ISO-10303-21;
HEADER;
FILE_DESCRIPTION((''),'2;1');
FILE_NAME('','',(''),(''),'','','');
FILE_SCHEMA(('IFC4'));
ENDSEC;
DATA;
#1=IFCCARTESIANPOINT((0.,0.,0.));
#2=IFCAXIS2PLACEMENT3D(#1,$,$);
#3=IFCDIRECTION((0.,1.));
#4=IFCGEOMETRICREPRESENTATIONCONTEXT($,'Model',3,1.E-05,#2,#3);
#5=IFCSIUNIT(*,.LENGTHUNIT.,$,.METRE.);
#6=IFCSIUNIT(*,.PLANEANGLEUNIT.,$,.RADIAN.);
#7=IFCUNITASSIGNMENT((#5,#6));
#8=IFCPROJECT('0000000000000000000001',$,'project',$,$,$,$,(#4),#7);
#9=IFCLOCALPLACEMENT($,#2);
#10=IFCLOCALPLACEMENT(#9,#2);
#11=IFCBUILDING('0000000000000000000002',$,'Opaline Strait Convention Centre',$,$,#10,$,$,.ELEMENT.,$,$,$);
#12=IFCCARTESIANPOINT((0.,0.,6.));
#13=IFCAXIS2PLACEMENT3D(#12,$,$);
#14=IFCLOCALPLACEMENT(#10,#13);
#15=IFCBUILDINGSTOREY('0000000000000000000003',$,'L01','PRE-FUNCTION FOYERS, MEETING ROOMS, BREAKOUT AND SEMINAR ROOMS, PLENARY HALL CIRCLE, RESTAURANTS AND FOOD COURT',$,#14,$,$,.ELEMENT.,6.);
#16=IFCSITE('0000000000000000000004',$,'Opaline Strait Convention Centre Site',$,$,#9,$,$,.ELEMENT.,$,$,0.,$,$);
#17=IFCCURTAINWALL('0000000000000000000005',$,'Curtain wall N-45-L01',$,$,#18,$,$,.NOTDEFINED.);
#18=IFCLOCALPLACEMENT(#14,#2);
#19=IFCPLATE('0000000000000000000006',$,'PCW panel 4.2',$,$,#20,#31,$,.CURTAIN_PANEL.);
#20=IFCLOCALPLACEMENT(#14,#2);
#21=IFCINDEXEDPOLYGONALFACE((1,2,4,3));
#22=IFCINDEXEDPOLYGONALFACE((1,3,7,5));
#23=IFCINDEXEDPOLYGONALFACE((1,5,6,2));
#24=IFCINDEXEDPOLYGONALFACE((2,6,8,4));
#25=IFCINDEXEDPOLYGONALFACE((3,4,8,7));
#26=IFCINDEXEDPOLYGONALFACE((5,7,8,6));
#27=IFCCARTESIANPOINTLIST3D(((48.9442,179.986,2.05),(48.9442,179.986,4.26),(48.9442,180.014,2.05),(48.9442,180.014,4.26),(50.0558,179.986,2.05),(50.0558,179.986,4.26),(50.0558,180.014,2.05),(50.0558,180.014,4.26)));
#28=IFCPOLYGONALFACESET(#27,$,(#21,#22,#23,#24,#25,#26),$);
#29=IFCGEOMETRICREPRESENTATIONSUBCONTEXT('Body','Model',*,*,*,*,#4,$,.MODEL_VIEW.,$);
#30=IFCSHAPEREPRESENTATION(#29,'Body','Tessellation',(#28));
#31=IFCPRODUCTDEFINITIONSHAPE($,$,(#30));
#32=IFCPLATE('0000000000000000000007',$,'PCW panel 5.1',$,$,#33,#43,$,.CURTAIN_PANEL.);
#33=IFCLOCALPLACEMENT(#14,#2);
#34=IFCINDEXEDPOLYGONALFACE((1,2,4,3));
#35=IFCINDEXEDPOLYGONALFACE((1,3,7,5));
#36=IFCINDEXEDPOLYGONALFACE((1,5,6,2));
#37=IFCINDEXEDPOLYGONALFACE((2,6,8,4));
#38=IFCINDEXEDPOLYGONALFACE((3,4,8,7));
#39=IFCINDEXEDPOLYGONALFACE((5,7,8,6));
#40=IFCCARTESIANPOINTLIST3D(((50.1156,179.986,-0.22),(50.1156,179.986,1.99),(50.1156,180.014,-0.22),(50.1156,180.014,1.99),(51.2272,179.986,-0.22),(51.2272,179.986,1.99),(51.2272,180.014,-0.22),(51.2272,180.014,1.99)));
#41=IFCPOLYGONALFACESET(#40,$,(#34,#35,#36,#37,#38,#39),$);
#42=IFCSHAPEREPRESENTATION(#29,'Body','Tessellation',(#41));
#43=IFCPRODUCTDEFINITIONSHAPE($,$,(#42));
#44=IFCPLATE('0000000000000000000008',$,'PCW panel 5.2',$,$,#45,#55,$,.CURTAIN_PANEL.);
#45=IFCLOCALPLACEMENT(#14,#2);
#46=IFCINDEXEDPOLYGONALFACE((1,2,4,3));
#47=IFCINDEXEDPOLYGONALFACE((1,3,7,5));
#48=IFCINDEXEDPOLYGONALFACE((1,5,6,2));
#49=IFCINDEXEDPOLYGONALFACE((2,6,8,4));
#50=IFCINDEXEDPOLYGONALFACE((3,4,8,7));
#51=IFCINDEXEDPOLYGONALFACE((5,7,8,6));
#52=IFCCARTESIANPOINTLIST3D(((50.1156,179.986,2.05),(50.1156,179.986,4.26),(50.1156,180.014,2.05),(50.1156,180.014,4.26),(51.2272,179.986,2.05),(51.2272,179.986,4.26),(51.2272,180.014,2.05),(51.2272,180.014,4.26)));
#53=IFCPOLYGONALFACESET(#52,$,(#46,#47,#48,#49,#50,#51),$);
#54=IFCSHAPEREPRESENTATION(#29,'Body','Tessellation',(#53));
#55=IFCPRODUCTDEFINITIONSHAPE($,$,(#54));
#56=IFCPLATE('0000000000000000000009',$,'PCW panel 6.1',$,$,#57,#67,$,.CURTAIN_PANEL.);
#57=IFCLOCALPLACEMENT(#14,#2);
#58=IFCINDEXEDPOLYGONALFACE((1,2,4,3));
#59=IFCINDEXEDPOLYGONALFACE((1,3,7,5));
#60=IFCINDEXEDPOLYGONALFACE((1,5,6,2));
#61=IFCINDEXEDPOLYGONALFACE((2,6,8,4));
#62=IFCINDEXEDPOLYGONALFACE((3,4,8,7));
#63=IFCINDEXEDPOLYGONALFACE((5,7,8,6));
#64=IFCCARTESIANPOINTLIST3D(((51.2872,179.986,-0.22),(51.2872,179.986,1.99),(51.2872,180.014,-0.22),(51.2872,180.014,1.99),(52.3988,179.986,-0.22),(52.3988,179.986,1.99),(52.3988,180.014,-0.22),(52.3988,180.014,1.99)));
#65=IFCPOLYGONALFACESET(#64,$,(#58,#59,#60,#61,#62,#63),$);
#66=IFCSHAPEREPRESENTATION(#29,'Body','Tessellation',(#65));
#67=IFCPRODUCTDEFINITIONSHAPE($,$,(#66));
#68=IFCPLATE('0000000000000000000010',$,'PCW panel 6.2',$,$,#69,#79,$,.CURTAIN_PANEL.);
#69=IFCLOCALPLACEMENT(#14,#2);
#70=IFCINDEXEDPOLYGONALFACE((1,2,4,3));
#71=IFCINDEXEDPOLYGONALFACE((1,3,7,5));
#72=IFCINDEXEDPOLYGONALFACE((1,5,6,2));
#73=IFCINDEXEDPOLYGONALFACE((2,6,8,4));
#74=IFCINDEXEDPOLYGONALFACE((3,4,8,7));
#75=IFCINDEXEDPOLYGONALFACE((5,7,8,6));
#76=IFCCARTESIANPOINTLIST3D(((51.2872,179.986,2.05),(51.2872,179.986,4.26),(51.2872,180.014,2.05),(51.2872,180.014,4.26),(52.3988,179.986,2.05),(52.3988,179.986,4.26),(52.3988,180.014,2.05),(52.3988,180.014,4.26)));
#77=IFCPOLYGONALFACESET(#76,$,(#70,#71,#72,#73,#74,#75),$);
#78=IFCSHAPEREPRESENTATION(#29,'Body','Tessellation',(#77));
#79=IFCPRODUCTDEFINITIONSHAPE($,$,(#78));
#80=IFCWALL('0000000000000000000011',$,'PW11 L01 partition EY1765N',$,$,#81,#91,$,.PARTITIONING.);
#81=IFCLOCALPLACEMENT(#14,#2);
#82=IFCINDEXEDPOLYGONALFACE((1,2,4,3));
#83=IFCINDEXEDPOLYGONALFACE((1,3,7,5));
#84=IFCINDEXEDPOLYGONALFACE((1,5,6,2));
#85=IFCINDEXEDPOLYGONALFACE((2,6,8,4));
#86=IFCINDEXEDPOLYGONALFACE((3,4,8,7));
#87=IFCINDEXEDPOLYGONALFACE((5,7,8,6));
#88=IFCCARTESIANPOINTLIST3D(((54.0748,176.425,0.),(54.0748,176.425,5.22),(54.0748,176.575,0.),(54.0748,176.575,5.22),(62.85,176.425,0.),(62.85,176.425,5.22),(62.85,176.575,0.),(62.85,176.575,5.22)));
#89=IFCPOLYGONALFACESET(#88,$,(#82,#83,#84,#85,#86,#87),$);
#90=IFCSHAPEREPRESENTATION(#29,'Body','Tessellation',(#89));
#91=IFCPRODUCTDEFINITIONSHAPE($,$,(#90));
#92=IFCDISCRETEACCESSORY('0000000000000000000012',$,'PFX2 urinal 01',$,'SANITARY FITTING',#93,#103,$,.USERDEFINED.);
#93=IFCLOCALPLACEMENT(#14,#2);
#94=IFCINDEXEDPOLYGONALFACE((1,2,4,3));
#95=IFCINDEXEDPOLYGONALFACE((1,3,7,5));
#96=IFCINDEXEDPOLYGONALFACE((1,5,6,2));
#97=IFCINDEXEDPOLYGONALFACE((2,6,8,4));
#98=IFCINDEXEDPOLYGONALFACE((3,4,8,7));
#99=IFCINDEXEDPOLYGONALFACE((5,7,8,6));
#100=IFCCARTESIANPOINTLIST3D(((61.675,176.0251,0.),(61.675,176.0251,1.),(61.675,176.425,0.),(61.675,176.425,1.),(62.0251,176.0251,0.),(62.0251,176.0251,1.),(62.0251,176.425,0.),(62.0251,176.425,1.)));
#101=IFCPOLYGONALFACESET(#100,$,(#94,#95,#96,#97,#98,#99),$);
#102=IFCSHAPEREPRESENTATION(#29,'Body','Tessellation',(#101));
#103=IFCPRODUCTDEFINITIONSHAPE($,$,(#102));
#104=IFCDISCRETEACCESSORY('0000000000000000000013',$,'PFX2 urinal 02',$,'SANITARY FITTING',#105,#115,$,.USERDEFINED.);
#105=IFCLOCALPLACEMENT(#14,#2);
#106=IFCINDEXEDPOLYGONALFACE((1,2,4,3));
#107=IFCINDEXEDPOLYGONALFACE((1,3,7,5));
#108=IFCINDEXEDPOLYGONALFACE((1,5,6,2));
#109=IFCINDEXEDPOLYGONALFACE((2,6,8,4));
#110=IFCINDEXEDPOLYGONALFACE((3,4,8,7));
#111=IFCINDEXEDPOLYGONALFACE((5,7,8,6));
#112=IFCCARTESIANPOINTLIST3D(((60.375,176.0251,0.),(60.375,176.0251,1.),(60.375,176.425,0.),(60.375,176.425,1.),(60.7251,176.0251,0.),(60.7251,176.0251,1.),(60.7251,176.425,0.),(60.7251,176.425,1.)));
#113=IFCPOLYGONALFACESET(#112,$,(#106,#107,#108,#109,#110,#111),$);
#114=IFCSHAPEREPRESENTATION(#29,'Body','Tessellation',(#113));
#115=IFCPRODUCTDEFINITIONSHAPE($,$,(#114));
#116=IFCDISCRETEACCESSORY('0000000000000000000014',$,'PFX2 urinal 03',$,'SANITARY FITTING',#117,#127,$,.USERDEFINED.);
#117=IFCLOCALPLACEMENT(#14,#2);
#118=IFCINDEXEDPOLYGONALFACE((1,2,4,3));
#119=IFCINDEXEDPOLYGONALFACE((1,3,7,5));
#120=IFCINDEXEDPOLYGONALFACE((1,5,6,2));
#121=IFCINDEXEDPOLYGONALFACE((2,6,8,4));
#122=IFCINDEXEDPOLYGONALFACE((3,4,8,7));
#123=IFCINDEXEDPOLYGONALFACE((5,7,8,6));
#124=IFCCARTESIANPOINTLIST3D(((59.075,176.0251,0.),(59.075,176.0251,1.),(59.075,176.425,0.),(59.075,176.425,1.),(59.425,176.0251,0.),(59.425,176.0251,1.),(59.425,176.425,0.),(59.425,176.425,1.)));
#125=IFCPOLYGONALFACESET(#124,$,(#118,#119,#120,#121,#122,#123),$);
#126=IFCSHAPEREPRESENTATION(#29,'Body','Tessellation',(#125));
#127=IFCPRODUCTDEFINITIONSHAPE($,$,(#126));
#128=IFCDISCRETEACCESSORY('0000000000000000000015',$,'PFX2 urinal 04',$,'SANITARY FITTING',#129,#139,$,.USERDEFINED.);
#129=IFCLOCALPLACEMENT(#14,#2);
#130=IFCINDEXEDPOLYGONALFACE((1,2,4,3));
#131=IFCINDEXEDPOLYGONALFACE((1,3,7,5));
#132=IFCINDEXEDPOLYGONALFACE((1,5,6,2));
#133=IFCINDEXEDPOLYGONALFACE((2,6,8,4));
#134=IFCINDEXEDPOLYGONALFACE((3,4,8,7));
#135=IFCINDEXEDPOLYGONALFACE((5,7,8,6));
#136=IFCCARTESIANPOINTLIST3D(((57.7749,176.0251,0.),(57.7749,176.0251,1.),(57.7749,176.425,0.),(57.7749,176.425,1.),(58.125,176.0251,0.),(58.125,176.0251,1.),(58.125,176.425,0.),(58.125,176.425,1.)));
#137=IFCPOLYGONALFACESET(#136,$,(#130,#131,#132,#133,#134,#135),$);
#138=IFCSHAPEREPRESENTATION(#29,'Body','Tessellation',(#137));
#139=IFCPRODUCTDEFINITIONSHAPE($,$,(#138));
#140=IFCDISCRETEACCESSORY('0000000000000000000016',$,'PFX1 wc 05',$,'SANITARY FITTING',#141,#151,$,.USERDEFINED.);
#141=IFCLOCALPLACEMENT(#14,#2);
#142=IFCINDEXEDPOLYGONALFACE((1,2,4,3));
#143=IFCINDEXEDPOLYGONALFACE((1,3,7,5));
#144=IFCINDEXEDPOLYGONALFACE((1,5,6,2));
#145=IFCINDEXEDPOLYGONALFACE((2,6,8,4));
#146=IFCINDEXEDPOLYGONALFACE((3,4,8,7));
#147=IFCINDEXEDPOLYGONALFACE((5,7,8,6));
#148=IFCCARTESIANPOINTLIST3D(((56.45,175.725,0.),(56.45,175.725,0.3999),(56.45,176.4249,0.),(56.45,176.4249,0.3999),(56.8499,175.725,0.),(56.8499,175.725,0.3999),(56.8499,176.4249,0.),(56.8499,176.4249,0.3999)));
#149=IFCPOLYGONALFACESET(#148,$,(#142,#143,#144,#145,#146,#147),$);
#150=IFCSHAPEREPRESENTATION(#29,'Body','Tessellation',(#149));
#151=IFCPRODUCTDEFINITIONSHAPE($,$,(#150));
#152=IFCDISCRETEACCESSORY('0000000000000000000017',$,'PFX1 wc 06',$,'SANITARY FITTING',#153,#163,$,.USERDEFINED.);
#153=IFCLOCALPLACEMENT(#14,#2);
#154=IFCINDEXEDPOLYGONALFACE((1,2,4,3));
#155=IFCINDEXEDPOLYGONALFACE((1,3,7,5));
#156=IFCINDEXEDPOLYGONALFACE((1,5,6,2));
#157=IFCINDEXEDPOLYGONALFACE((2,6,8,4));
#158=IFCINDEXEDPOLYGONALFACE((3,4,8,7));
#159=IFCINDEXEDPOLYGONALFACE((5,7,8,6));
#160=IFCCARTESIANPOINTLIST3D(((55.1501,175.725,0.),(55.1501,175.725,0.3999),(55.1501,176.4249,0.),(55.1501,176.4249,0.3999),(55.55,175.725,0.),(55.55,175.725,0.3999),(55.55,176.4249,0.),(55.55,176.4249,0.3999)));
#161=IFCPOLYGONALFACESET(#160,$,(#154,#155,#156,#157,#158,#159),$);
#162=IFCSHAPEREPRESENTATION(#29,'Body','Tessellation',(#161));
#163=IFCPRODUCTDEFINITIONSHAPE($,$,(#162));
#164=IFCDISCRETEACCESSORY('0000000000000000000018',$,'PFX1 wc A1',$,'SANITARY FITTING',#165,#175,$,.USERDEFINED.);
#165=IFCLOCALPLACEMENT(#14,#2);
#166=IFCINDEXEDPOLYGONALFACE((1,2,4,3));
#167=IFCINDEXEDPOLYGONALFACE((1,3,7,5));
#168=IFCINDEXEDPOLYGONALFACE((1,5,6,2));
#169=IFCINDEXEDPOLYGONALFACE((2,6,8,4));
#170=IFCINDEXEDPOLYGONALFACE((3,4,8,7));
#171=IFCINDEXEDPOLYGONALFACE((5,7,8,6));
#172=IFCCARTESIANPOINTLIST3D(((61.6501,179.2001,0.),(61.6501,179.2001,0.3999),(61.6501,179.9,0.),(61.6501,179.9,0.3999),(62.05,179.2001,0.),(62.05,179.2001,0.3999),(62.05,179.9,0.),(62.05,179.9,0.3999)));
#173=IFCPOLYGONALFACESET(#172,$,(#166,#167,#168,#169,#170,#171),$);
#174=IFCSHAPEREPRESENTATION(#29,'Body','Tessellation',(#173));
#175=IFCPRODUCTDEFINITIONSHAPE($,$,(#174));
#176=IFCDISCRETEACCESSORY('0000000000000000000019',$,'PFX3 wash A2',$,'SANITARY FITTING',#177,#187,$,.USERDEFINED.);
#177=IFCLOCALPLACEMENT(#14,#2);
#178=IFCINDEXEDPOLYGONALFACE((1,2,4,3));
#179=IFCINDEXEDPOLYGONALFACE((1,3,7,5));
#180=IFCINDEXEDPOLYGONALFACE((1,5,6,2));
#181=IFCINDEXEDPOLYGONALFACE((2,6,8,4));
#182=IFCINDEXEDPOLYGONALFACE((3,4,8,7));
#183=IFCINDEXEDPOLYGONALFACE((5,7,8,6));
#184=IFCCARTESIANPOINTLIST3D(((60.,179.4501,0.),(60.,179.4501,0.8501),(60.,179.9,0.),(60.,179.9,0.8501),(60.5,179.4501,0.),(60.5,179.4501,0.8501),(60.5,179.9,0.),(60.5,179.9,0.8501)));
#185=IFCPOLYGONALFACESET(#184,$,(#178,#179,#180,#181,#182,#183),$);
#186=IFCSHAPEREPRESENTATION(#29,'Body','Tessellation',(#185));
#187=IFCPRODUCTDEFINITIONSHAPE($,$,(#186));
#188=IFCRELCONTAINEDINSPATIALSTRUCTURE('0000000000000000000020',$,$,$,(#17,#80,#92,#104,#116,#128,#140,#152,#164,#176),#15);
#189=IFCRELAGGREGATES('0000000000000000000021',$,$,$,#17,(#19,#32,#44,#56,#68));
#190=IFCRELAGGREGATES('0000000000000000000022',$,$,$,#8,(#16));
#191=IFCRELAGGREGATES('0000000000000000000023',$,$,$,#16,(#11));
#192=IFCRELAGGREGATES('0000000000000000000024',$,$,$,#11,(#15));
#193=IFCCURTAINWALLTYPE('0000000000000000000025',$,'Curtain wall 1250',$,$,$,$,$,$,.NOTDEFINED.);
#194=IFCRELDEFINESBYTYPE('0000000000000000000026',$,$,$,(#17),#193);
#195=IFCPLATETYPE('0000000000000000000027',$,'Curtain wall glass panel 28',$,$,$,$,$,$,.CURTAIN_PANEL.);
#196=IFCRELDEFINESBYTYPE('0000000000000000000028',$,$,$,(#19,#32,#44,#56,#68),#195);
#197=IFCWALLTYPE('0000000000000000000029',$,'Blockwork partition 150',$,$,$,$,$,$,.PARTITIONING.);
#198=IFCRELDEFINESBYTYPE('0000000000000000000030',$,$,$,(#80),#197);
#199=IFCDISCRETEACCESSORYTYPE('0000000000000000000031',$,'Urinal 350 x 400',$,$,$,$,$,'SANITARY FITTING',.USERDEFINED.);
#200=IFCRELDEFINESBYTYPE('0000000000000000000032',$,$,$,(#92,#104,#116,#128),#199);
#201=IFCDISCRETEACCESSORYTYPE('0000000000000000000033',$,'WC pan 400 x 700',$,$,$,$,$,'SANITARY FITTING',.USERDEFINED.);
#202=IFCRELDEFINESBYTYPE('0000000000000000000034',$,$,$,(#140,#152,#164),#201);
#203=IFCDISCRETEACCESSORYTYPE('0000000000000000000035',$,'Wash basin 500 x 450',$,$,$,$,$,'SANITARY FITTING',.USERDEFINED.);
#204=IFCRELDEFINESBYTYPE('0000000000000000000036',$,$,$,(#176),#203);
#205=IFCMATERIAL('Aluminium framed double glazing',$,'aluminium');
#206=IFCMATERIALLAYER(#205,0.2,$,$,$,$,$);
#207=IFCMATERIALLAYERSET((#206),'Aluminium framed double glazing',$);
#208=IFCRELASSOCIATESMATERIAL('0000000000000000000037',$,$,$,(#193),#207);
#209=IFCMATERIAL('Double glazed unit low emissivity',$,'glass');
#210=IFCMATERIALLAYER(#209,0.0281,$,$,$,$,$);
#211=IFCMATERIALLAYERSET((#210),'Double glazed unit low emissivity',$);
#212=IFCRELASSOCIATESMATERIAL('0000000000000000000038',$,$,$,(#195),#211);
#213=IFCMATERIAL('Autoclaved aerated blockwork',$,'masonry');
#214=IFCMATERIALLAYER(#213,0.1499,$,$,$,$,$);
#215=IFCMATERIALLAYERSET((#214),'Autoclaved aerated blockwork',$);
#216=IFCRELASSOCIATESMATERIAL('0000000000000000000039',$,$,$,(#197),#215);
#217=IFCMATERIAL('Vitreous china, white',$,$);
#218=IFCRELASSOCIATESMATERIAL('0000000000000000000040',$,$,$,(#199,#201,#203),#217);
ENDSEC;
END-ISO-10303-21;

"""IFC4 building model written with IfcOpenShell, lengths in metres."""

from ifc_helpers import new_model, si_unit, direction, frame, frame_2d, origin, origin_2d, place, context, subcontext, project, spatial, rectangle, extrude, material, layer, layer_set, type_object, element, aggregate, save


model = new_model("IFC4")

# Units and contexts
model_context = context("Model", 3, precision=1e-05, world=origin(), true_north=direction((0.0, 1.0)))
body_context = subcontext(model_context, "Body", "Model", "MODEL_VIEW")
ifc_project = project(units=[si_unit("LENGTHUNIT", "METRE"), si_unit("PLANEANGLEUNIT", "RADIAN")], contexts=[model_context])

# Site, building, storey
site_placement = place(None, origin())
site = spatial("IfcSite", under=ifc_project, at=site_placement, Name="Opaline Strait Convention Centre Site", CompositionType="ELEMENT", RefElevation=0.0)
building_placement = place(site_placement, origin())
building = spatial("IfcBuilding", under=site, at=building_placement, Name="Opaline Strait Convention Centre", CompositionType="ELEMENT")
storey_placement = place(building_placement, frame((0.0, 0.0, 6.0)))
storey = spatial("IfcBuildingStorey", under=building, at=storey_placement, Name="L01", Description="PRE-FUNCTION FOYERS, MEETING ROOMS, BREAKOUT AND SEMINAR ROOMS, PLENARY HALL CIRCLE, RESTAURANTS AND FOOD COURT", CompositionType="ELEMENT", Elevation=6.0)

# Curtain wall, plates
ifc_material_1 = material(Name="Aluminium framed double glazing", Category="aluminium")
ifc_layer_1 = layer(ifc_material_1, 0.2)
ifc_layer_set_1 = layer_set([ifc_layer_1], Name="Aluminium framed double glazing")
curtain_wall_type = type_object("IfcCurtainWallType", Name="Curtain wall 1250", PredefinedType="NOTDEFINED", material=ifc_layer_set_1)
curtain_wall_placement = place(storey_placement, origin())
curtain_wall = element("IfcCurtainWall", 1, at=curtain_wall_placement, inside=storey, type_object=curtain_wall_type, Name="Curtain wall N-45-L01", PredefinedType="NOTDEFINED")
ifc_material_2 = material(Name="Double glazed unit low emissivity", Category="glass")
ifc_layer_2 = layer(ifc_material_2, 0.0281)
ifc_layer_set_2 = layer_set([ifc_layer_2], Name="Double glazed unit low emissivity")
plate_type = type_object("IfcPlateType", Name="Curtain wall glass panel 28", PredefinedType="CURTAIN_PANEL", material=ifc_layer_set_2)
plate_1_placement = place(storey_placement, frame((49.5, 180.0, 2.05), z_axis=(0.0, 0.0, 1.0), x_axis=(1.0, 0.0, 0.0)))
plate_1 = element("IfcPlate", 2, at=plate_1_placement, type_object=plate_type, Name="PCW panel 4.2", PredefinedType="CURTAIN_PANEL", context=body_context, shape_type="SweptSolid", body=[
    extrude(rectangle(XDim=1.1116, YDim=0.0281, at=origin_2d()), origin(), (0.0, 0.0, 1.0), 2.21),
])
plate_2_placement = place(storey_placement, frame((50.6714, 180.0, -0.22), z_axis=(0.0, 0.0, 1.0), x_axis=(1.0, 0.0, 0.0)))
plate_2 = element("IfcPlate", 3, at=plate_2_placement, type_object=plate_type, Name="PCW panel 5.1", PredefinedType="CURTAIN_PANEL", context=body_context, shape_type="SweptSolid", body=[
    extrude(rectangle(XDim=1.1116, YDim=0.0281, at=origin_2d()), origin(), (0.0, 0.0, 1.0), 2.21),
])
plate_3_placement = place(storey_placement, frame((50.6714, 180.0, 2.05), z_axis=(0.0, 0.0, 1.0), x_axis=(1.0, 0.0, 0.0)))
plate_3 = element("IfcPlate", 4, at=plate_3_placement, type_object=plate_type, Name="PCW panel 5.2", PredefinedType="CURTAIN_PANEL", context=body_context, shape_type="SweptSolid", body=[
    extrude(rectangle(XDim=1.1116, YDim=0.0281, at=origin_2d()), origin(), (0.0, 0.0, 1.0), 2.21),
])
plate_4_placement = place(storey_placement, frame((51.843, 180.0, -0.22), z_axis=(0.0, 0.0, 1.0), x_axis=(1.0, 0.0, 0.0)))
plate_4 = element("IfcPlate", 5, at=plate_4_placement, type_object=plate_type, Name="PCW panel 6.1", PredefinedType="CURTAIN_PANEL", context=body_context, shape_type="SweptSolid", body=[
    extrude(rectangle(XDim=1.1116, YDim=0.0281, at=origin_2d()), origin(), (0.0, 0.0, 1.0), 2.21),
])
plate_5_placement = place(storey_placement, frame((51.843, 180.0, 2.05), z_axis=(0.0, 0.0, 1.0), x_axis=(1.0, 0.0, 0.0)))
plate_5 = element("IfcPlate", 6, at=plate_5_placement, type_object=plate_type, Name="PCW panel 6.2", PredefinedType="CURTAIN_PANEL", context=body_context, shape_type="SweptSolid", body=[
    extrude(rectangle(XDim=1.1116, YDim=0.0281, at=origin_2d()), origin(), (0.0, 0.0, 1.0), 2.21),
])
aggregate(curtain_wall, [plate_1, plate_2, plate_3, plate_4, plate_5])

# Wall
ifc_material_3 = material(Name="Autoclaved aerated blockwork", Category="masonry")
ifc_layer_3 = layer(ifc_material_3, 0.1499)
ifc_layer_set_3 = layer_set([ifc_layer_3], Name="Autoclaved aerated blockwork")
wall_type = type_object("IfcWallType", Name="Blockwork partition 150", PredefinedType="PARTITIONING", material=ifc_layer_set_3)
wall_placement = place(storey_placement, frame((62.8501, 176.5, 0.0), z_axis=(0.0, 0.0, 1.0), x_axis=(-1.0, 0.0, 0.0)))
element("IfcWall", 7, at=wall_placement, inside=storey, type_object=wall_type, Name="PW11 L01 partition EY1765N", PredefinedType="PARTITIONING", context=body_context, shape_type="SweptSolid", body=[
    extrude(rectangle(XDim=8.7751, YDim=0.1499, at=frame_2d((4.3877, 0.0))), origin(), (0.0, 0.0, 1.0), 5.22),
])

# Discrete accessories
ifc_material_4 = material(Name="Vitreous china, white")
discrete_accessory_type_1 = type_object("IfcDiscreteAccessoryType", Name="Urinal 350 x 400", ElementType="SANITARY FITTING", PredefinedType="USERDEFINED", material=ifc_material_4)
for number, where, z_axis, x_axis, name in (
    (8, (61.8501, 176.2251, 0.0), (0.0, 0.0, 1.0), (1.0, 0.0, 0.0), "PFX2 urinal 01"),
    (9, (60.55, 176.2251, 0.0), (0.0, 0.0, 1.0), (1.0, 0.0, 0.0), "PFX2 urinal 02"),
    (10, (59.25, 176.2251, 0.0), (0.0, 0.0, 1.0), (1.0, 0.0, 0.0), "PFX2 urinal 03"),
    (11, (57.95, 176.2251, 0.0), (0.0, 0.0, 1.0), (1.0, 0.0, 0.0), "PFX2 urinal 04"),
):
    element("IfcDiscreteAccessory", number, at=place(storey_placement, frame(where, z_axis=z_axis, x_axis=x_axis)), inside=storey, type_object=discrete_accessory_type_1, Name=name, ObjectType="SANITARY FITTING", PredefinedType="USERDEFINED", context=body_context, shape_type="SweptSolid", body=[
        extrude(rectangle(XDim=0.3501, YDim=0.3999, at=origin_2d()), origin(), (0.0, 0.0, 1.0), 1.0),
    ])
discrete_accessory_type_2 = type_object("IfcDiscreteAccessoryType", Name="WC pan 400 x 700", ElementType="SANITARY FITTING", PredefinedType="USERDEFINED", material=ifc_material_4)
for number, where, z_axis, x_axis, name in (
    (12, (56.6499, 176.075, 0.0), (0.0, 0.0, 1.0), (1.0, 0.0, 0.0), "PFX1 wc 05"),
    (13, (55.3501, 176.075, 0.0), (0.0, 0.0, 1.0), (1.0, 0.0, 0.0), "PFX1 wc 06"),
    (14, (61.8501, 179.55, 0.0), (0.0, 0.0, 1.0), (1.0, 0.0, 0.0), "PFX1 wc A1"),
):
    element("IfcDiscreteAccessory", number, at=place(storey_placement, frame(where, z_axis=z_axis, x_axis=x_axis)), inside=storey, type_object=discrete_accessory_type_2, Name=name, ObjectType="SANITARY FITTING", PredefinedType="USERDEFINED", context=body_context, shape_type="SweptSolid", body=[
        extrude(rectangle(XDim=0.3999, YDim=0.7, at=origin_2d()), origin(), (0.0, 0.0, 1.0), 0.3999),
    ])
discrete_accessory_type_3 = type_object("IfcDiscreteAccessoryType", Name="Wash basin 500 x 450", ElementType="SANITARY FITTING", PredefinedType="USERDEFINED", material=ifc_material_4)
discrete_accessory_placement = place(storey_placement, frame((60.25, 179.675, 0.0), z_axis=(0.0, 0.0, 1.0), x_axis=(1.0, 0.0, 0.0)))
element("IfcDiscreteAccessory", 15, at=discrete_accessory_placement, inside=storey, type_object=discrete_accessory_type_3, Name="PFX3 wash A2", ObjectType="SANITARY FITTING", PredefinedType="USERDEFINED", context=body_context, shape_type="SweptSolid", body=[
    extrude(rectangle(XDim=0.5, YDim=0.45, at=origin_2d()), origin(), (0.0, 0.0, 1.0), 0.8501),
])

save(model, "model.ifc")
